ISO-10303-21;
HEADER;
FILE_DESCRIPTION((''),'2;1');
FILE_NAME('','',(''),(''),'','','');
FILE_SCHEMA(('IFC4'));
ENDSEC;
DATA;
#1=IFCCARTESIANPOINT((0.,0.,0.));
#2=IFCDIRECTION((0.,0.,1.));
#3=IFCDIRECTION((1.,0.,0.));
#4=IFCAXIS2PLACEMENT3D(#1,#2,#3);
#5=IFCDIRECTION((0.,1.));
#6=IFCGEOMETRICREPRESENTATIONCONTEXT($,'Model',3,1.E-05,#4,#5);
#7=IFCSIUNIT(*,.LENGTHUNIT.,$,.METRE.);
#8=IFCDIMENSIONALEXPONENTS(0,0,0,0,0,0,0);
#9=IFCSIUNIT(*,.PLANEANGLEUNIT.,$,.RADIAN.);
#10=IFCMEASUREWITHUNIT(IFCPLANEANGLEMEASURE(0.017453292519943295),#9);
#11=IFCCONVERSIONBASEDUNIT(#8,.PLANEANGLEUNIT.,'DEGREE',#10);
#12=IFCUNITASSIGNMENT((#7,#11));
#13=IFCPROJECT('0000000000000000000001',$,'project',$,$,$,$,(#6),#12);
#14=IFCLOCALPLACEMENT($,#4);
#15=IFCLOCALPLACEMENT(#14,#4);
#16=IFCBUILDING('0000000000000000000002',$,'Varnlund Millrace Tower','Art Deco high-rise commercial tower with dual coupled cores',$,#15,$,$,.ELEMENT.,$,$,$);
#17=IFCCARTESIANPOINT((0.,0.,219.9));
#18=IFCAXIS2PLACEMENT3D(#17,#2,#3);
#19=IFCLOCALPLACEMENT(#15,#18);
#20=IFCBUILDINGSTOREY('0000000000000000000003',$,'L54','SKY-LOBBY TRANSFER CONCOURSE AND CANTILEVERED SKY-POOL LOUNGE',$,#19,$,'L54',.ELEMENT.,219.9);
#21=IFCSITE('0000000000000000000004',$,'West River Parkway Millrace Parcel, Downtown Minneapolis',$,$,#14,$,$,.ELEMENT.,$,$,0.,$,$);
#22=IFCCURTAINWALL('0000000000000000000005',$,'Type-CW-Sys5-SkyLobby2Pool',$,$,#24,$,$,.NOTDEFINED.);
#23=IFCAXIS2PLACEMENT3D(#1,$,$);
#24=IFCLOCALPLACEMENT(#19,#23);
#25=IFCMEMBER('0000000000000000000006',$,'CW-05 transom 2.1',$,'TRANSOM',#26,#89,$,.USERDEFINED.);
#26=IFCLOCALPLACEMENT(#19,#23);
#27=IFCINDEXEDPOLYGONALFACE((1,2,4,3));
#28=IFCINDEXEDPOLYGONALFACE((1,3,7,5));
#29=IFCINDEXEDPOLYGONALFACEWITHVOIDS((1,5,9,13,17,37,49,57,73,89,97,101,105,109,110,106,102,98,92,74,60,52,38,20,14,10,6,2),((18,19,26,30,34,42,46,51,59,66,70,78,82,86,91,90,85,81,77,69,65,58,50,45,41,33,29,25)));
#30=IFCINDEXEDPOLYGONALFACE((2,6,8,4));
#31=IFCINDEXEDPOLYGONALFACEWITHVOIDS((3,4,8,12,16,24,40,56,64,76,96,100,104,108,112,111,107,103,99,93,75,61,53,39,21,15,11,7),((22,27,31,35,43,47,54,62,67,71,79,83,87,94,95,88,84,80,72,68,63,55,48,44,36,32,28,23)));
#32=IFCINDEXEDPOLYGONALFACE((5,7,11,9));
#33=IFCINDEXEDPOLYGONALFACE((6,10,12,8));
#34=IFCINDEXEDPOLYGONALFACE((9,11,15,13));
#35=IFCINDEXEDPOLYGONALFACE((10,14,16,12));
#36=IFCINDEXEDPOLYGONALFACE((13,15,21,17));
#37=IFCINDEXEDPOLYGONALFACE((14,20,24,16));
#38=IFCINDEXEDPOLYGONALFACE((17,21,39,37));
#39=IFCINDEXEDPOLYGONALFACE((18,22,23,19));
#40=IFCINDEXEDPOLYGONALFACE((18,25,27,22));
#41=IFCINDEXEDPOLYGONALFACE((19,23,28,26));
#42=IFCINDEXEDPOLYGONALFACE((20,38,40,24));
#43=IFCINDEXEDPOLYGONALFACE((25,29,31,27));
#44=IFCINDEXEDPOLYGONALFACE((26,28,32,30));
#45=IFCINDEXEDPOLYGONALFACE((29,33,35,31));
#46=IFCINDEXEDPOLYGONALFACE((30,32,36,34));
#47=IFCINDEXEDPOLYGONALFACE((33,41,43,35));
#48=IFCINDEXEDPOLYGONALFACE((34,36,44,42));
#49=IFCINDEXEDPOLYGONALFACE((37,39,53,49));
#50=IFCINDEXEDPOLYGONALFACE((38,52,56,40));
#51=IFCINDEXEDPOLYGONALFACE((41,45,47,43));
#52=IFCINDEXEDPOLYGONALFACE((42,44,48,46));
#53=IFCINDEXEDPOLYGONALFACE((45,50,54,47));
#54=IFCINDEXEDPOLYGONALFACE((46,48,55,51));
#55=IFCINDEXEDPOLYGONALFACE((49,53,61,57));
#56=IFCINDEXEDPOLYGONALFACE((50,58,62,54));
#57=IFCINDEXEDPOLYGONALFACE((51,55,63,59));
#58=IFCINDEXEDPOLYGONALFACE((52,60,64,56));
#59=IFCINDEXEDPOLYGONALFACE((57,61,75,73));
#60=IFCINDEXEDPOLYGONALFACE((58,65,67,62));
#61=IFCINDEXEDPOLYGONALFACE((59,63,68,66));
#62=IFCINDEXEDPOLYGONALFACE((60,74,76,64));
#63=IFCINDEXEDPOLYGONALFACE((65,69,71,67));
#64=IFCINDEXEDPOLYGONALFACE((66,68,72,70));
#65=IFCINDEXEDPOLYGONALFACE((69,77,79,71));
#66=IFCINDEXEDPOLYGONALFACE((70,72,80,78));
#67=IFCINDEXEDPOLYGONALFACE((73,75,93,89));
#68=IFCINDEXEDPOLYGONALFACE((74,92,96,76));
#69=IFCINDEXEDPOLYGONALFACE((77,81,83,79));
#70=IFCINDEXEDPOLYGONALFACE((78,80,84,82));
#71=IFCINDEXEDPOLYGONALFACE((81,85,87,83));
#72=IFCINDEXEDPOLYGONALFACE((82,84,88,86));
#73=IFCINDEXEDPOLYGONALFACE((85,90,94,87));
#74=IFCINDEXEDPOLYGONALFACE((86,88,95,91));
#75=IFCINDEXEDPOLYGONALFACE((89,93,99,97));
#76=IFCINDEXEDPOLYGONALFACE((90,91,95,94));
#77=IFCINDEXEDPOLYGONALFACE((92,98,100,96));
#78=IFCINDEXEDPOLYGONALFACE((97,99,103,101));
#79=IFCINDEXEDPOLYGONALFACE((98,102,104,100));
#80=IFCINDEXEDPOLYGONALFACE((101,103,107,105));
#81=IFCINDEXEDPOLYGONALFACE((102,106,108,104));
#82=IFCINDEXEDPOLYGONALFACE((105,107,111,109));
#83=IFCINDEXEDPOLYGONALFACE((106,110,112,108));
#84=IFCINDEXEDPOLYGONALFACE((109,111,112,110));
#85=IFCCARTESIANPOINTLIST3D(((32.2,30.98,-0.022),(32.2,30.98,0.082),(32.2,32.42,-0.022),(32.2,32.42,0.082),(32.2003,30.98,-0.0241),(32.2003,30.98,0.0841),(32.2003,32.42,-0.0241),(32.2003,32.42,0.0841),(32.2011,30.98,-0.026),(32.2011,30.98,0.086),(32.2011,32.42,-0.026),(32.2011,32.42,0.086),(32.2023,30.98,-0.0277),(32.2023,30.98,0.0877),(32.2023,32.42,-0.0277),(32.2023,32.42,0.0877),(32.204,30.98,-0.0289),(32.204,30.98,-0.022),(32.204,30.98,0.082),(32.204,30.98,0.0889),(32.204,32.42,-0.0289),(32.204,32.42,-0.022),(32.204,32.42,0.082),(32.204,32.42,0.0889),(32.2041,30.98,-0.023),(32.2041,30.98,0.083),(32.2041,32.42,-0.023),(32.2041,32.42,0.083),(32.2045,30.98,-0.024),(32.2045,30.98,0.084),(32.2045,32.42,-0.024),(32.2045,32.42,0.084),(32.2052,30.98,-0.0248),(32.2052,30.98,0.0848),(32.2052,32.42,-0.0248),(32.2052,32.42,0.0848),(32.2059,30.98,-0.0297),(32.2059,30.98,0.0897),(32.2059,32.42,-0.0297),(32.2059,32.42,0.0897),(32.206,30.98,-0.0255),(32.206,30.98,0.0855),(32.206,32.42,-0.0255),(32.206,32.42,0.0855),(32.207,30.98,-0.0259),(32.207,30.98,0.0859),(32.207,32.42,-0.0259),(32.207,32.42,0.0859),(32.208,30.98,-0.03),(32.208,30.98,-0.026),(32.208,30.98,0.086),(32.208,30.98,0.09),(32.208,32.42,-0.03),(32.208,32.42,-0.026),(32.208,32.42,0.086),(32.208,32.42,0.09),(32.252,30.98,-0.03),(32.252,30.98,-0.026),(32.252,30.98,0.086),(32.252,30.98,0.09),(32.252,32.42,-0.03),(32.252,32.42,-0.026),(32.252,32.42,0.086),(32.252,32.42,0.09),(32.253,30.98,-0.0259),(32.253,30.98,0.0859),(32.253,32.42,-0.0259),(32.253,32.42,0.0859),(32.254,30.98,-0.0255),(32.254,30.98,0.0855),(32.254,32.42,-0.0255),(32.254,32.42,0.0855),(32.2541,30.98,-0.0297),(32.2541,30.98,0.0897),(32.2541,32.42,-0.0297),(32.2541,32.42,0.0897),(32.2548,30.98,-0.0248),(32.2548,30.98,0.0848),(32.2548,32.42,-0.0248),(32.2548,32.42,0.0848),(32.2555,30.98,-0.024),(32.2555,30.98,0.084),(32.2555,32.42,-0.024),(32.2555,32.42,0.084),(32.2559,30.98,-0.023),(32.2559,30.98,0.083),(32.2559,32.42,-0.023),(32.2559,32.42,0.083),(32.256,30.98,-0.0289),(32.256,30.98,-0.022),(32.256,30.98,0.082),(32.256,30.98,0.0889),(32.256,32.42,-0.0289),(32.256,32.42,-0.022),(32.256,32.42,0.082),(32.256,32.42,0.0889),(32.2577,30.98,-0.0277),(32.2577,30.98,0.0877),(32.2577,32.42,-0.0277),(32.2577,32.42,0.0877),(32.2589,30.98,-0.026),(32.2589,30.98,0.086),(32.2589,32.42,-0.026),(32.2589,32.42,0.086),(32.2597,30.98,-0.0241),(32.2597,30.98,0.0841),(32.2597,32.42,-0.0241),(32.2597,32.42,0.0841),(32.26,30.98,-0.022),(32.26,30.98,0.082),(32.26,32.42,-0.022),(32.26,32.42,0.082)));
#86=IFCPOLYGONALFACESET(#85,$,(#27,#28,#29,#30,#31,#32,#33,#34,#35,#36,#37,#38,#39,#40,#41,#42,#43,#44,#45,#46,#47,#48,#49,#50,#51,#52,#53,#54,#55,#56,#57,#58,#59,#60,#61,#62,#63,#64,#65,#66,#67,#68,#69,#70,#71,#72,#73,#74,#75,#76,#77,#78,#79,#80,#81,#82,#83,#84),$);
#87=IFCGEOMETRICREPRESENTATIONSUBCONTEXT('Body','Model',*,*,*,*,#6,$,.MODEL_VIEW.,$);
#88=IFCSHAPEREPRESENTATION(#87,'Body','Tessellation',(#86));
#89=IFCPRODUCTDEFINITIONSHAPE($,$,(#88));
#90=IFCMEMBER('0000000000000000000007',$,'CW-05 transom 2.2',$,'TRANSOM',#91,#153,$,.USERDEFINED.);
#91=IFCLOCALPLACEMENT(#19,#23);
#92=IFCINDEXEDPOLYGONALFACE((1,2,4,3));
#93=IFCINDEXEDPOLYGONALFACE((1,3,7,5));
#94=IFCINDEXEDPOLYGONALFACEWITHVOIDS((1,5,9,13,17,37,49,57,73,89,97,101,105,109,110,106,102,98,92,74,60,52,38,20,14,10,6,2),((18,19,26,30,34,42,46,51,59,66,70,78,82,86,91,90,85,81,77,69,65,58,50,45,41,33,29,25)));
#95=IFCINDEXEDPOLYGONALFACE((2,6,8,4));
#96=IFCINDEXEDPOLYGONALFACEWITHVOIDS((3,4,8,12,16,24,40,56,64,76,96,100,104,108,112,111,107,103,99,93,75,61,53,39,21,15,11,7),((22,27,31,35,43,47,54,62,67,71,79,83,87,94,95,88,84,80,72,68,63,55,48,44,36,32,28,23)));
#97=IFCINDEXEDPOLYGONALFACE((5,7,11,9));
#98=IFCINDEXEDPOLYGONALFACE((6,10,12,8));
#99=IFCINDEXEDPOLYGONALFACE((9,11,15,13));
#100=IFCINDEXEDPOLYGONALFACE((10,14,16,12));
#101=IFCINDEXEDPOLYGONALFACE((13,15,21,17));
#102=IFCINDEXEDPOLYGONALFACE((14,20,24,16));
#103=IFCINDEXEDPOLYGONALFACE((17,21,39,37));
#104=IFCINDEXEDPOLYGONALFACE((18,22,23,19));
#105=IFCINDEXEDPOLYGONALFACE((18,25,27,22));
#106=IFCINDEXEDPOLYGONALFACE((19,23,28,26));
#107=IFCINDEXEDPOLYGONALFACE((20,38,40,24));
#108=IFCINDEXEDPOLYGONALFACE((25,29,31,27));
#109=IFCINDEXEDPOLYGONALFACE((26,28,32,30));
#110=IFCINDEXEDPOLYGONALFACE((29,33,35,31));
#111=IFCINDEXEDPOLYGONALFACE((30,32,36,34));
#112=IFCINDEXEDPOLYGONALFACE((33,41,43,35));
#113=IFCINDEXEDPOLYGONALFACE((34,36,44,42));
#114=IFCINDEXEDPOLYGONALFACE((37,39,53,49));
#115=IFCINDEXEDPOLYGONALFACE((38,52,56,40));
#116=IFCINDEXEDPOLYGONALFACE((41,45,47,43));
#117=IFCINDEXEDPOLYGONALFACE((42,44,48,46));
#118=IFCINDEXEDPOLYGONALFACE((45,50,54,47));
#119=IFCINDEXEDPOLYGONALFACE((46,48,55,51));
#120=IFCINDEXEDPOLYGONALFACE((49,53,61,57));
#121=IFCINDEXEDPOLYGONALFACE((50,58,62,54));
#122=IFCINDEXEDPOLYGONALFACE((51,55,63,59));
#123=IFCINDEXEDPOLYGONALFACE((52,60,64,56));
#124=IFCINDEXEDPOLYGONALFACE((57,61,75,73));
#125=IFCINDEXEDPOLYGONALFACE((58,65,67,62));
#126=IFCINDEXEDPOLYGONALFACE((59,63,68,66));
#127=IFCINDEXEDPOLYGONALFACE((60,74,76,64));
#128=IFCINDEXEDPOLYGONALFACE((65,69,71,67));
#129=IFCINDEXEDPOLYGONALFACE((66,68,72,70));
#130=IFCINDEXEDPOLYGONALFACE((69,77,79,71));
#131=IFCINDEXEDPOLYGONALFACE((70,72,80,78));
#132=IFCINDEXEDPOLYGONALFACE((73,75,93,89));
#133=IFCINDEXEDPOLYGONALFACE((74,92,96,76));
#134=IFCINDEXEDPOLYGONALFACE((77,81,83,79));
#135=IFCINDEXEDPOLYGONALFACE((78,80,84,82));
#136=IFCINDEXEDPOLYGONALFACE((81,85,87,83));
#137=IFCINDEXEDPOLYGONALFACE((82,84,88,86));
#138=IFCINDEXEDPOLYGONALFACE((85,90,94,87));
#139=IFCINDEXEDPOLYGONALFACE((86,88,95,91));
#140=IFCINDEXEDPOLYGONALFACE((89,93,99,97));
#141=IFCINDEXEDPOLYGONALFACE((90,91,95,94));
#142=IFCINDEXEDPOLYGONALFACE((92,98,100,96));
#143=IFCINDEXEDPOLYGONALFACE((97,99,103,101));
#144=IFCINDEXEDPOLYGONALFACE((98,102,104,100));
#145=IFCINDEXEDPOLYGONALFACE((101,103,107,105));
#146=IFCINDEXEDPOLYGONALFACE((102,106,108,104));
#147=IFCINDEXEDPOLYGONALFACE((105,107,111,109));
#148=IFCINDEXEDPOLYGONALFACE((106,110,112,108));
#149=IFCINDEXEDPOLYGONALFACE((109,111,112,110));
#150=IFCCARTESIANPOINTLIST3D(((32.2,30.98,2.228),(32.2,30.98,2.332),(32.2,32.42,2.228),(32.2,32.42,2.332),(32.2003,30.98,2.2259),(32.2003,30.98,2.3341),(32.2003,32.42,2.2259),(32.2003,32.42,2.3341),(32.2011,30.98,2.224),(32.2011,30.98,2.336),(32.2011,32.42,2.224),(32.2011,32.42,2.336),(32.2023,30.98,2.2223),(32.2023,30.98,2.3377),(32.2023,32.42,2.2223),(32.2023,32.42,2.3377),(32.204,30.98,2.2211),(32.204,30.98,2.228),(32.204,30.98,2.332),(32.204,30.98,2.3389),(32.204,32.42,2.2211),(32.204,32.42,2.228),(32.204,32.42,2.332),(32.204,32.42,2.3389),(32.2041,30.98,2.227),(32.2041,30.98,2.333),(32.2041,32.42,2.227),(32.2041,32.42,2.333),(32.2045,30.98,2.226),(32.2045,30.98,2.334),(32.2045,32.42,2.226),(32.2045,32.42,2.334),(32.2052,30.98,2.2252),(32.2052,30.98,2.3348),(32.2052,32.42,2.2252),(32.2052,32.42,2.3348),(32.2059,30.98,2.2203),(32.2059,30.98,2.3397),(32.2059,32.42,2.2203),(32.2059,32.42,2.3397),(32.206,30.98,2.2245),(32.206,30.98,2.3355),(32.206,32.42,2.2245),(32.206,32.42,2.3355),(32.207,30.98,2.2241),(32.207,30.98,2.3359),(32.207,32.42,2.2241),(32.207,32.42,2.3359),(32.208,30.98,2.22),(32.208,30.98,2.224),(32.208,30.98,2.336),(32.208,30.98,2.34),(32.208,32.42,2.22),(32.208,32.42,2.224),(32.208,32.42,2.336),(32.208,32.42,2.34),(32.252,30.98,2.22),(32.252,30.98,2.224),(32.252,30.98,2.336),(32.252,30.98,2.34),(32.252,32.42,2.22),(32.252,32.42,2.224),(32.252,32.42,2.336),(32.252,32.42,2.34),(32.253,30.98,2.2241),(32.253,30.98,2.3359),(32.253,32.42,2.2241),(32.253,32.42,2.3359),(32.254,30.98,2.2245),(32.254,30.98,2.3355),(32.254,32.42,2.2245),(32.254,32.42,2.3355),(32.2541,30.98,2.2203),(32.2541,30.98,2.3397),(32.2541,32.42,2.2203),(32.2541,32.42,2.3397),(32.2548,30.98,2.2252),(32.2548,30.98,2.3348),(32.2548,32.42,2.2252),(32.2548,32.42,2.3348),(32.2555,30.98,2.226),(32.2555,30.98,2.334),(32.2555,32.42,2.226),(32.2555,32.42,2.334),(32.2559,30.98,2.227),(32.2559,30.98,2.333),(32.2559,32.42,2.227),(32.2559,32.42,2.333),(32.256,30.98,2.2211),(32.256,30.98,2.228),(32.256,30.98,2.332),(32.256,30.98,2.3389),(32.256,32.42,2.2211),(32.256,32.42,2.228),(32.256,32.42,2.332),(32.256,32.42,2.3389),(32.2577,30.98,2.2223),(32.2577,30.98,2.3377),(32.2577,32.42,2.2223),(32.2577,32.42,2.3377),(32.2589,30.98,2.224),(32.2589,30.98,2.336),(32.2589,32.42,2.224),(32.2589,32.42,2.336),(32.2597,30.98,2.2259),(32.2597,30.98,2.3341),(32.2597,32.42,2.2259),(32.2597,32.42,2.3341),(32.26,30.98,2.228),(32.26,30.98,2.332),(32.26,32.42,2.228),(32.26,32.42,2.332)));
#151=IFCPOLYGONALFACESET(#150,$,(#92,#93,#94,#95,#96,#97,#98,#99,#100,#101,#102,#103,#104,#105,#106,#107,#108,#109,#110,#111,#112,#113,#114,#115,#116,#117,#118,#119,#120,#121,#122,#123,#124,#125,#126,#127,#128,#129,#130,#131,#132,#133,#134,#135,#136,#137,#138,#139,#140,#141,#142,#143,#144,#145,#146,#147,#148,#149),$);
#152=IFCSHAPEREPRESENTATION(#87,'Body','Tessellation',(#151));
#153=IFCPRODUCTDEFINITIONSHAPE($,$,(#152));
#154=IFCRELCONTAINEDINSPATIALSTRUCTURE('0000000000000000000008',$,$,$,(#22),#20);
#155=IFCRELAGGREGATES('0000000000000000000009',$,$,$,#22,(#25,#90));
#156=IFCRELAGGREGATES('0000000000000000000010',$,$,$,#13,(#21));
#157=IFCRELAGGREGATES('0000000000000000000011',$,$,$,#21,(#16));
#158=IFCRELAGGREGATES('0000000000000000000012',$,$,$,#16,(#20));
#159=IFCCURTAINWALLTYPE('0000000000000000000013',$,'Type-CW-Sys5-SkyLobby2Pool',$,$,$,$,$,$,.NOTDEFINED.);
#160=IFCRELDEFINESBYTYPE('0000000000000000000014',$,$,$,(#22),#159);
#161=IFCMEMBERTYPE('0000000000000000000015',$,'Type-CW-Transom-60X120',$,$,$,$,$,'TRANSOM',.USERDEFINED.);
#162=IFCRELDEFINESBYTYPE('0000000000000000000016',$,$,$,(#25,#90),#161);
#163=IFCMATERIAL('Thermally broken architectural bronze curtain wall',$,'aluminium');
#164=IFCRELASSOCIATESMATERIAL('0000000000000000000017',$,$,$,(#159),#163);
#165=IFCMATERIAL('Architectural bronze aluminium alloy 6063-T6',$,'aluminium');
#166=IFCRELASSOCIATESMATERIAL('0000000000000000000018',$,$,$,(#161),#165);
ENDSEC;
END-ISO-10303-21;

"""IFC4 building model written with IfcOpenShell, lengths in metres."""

from ifc_helpers import new_model, entity, si_unit, converted_unit, direction, frame, origin_with_axes, origin_2d_with_axis, place, context, subcontext, project, spatial, hollow_rectangle, extrude, material, material_profile, profile_set, type_object, element, aggregate, save


model = new_model("IFC4")

# Units and contexts
model_context = context("Model", 3, precision=1e-05, world=origin_with_axes(), true_north=direction((0.0, 1.0)))
body_context = subcontext(model_context, "Body", "Model", "MODEL_VIEW")
ifc_project = project(units=[si_unit("LENGTHUNIT", "METRE"), converted_unit("PLANEANGLEUNIT", "DEGREE", entity("IfcPlaneAngleMeasure", 0.017453292519943295), si_unit("PLANEANGLEUNIT", "RADIAN"), dimensions=[0, 0, 0, 0, 0, 0, 0])], contexts=[model_context])

# Site, building, storey
site_placement = place(None, origin_with_axes())
site = spatial("IfcSite", under=ifc_project, at=site_placement, Name="West River Parkway Millrace Parcel, Downtown Minneapolis", CompositionType="ELEMENT", RefElevation=0.0)
building_placement = place(site_placement, origin_with_axes())
building = spatial("IfcBuilding", under=site, at=building_placement, Name="Varnlund Millrace Tower", Description="Art Deco high-rise commercial tower with dual coupled cores", CompositionType="ELEMENT")
storey_placement = place(building_placement, frame((0.0, 0.0, 219.9), z_axis=(0.0, 0.0, 1.0), x_axis=(1.0, 0.0, 0.0)))
storey = spatial("IfcBuildingStorey", under=building, at=storey_placement, Name="L54", Description="SKY-LOBBY TRANSFER CONCOURSE AND CANTILEVERED SKY-POOL LOUNGE", LongName="L54", CompositionType="ELEMENT", Elevation=219.9)

# Curtain wall, members
ifc_material_1 = material(Name="Thermally broken architectural bronze curtain wall", Category="aluminium")
curtain_wall_type = type_object("IfcCurtainWallType", Name="Type-CW-Sys5-SkyLobby2Pool", PredefinedType="NOTDEFINED", material=ifc_material_1)
curtain_wall_placement = place(storey_placement, frame((32.23, 33.95, 0.0), z_axis=(0.0, 0.0, 1.0), x_axis=(1.0, 0.0, 0.0)))
curtain_wall = element("IfcCurtainWall", 1, at=curtain_wall_placement, inside=storey, type_object=curtain_wall_type, Name="Type-CW-Sys5-SkyLobby2Pool", PredefinedType="NOTDEFINED")
ifc_material_2 = material(Name="Architectural bronze aluminium alloy 6063-T6", Category="aluminium")
ifc_material_profile_1 = material_profile(ifc_material_2, hollow_rectangle(XDim=0.06, YDim=0.12, WallThickness=0.004, InnerFilletRadius=0.004, OuterFilletRadius=0.008, at=origin_2d_with_axis()), Name="Architectural bronze aluminium alloy 6063-T6")
ifc_profile_set_1 = profile_set([ifc_material_profile_1], Name="Architectural bronze aluminium alloy 6063-T6")
member_type_1 = type_object("IfcMemberType", Name="Type-CW-Transom-60X120", ElementType="TRANSOM", PredefinedType="USERDEFINED", material=ifc_profile_set_1)
member_1_placement = place(storey_placement, frame((32.23, 32.42, 0.03), z_axis=(0.0, -1.0, 0.0), x_axis=(1.0, 0.0, 0.0)))
member_1 = element("IfcMember", 2, at=member_1_placement, type_object=member_type_1, Name="CW-05 transom 2.1", ObjectType="TRANSOM", PredefinedType="USERDEFINED", context=body_context, shape_type="SweptSolid", body=[
    extrude(hollow_rectangle(XDim=0.06, YDim=0.12, WallThickness=0.004, InnerFilletRadius=0.004, OuterFilletRadius=0.008, at=origin_2d_with_axis()), origin_with_axes(), (0.0, 0.0, 1.0), 1.44),
])
member_2_placement = place(storey_placement, frame((32.23, 32.42, 2.28), z_axis=(0.0, -1.0, 0.0), x_axis=(1.0, 0.0, 0.0)))
member_2 = element("IfcMember", 3, at=member_2_placement, type_object=member_type_1, Name="CW-05 transom 2.2", ObjectType="TRANSOM", PredefinedType="USERDEFINED", context=body_context, shape_type="SweptSolid", body=[
    extrude(hollow_rectangle(XDim=0.06, YDim=0.12, WallThickness=0.004, InnerFilletRadius=0.004, OuterFilletRadius=0.008, at=origin_2d_with_axis()), origin_with_axes(), (0.0, 0.0, 1.0), 1.44),
])
aggregate(curtain_wall, [member_1, member_2])

save(model, "model.ifc")
